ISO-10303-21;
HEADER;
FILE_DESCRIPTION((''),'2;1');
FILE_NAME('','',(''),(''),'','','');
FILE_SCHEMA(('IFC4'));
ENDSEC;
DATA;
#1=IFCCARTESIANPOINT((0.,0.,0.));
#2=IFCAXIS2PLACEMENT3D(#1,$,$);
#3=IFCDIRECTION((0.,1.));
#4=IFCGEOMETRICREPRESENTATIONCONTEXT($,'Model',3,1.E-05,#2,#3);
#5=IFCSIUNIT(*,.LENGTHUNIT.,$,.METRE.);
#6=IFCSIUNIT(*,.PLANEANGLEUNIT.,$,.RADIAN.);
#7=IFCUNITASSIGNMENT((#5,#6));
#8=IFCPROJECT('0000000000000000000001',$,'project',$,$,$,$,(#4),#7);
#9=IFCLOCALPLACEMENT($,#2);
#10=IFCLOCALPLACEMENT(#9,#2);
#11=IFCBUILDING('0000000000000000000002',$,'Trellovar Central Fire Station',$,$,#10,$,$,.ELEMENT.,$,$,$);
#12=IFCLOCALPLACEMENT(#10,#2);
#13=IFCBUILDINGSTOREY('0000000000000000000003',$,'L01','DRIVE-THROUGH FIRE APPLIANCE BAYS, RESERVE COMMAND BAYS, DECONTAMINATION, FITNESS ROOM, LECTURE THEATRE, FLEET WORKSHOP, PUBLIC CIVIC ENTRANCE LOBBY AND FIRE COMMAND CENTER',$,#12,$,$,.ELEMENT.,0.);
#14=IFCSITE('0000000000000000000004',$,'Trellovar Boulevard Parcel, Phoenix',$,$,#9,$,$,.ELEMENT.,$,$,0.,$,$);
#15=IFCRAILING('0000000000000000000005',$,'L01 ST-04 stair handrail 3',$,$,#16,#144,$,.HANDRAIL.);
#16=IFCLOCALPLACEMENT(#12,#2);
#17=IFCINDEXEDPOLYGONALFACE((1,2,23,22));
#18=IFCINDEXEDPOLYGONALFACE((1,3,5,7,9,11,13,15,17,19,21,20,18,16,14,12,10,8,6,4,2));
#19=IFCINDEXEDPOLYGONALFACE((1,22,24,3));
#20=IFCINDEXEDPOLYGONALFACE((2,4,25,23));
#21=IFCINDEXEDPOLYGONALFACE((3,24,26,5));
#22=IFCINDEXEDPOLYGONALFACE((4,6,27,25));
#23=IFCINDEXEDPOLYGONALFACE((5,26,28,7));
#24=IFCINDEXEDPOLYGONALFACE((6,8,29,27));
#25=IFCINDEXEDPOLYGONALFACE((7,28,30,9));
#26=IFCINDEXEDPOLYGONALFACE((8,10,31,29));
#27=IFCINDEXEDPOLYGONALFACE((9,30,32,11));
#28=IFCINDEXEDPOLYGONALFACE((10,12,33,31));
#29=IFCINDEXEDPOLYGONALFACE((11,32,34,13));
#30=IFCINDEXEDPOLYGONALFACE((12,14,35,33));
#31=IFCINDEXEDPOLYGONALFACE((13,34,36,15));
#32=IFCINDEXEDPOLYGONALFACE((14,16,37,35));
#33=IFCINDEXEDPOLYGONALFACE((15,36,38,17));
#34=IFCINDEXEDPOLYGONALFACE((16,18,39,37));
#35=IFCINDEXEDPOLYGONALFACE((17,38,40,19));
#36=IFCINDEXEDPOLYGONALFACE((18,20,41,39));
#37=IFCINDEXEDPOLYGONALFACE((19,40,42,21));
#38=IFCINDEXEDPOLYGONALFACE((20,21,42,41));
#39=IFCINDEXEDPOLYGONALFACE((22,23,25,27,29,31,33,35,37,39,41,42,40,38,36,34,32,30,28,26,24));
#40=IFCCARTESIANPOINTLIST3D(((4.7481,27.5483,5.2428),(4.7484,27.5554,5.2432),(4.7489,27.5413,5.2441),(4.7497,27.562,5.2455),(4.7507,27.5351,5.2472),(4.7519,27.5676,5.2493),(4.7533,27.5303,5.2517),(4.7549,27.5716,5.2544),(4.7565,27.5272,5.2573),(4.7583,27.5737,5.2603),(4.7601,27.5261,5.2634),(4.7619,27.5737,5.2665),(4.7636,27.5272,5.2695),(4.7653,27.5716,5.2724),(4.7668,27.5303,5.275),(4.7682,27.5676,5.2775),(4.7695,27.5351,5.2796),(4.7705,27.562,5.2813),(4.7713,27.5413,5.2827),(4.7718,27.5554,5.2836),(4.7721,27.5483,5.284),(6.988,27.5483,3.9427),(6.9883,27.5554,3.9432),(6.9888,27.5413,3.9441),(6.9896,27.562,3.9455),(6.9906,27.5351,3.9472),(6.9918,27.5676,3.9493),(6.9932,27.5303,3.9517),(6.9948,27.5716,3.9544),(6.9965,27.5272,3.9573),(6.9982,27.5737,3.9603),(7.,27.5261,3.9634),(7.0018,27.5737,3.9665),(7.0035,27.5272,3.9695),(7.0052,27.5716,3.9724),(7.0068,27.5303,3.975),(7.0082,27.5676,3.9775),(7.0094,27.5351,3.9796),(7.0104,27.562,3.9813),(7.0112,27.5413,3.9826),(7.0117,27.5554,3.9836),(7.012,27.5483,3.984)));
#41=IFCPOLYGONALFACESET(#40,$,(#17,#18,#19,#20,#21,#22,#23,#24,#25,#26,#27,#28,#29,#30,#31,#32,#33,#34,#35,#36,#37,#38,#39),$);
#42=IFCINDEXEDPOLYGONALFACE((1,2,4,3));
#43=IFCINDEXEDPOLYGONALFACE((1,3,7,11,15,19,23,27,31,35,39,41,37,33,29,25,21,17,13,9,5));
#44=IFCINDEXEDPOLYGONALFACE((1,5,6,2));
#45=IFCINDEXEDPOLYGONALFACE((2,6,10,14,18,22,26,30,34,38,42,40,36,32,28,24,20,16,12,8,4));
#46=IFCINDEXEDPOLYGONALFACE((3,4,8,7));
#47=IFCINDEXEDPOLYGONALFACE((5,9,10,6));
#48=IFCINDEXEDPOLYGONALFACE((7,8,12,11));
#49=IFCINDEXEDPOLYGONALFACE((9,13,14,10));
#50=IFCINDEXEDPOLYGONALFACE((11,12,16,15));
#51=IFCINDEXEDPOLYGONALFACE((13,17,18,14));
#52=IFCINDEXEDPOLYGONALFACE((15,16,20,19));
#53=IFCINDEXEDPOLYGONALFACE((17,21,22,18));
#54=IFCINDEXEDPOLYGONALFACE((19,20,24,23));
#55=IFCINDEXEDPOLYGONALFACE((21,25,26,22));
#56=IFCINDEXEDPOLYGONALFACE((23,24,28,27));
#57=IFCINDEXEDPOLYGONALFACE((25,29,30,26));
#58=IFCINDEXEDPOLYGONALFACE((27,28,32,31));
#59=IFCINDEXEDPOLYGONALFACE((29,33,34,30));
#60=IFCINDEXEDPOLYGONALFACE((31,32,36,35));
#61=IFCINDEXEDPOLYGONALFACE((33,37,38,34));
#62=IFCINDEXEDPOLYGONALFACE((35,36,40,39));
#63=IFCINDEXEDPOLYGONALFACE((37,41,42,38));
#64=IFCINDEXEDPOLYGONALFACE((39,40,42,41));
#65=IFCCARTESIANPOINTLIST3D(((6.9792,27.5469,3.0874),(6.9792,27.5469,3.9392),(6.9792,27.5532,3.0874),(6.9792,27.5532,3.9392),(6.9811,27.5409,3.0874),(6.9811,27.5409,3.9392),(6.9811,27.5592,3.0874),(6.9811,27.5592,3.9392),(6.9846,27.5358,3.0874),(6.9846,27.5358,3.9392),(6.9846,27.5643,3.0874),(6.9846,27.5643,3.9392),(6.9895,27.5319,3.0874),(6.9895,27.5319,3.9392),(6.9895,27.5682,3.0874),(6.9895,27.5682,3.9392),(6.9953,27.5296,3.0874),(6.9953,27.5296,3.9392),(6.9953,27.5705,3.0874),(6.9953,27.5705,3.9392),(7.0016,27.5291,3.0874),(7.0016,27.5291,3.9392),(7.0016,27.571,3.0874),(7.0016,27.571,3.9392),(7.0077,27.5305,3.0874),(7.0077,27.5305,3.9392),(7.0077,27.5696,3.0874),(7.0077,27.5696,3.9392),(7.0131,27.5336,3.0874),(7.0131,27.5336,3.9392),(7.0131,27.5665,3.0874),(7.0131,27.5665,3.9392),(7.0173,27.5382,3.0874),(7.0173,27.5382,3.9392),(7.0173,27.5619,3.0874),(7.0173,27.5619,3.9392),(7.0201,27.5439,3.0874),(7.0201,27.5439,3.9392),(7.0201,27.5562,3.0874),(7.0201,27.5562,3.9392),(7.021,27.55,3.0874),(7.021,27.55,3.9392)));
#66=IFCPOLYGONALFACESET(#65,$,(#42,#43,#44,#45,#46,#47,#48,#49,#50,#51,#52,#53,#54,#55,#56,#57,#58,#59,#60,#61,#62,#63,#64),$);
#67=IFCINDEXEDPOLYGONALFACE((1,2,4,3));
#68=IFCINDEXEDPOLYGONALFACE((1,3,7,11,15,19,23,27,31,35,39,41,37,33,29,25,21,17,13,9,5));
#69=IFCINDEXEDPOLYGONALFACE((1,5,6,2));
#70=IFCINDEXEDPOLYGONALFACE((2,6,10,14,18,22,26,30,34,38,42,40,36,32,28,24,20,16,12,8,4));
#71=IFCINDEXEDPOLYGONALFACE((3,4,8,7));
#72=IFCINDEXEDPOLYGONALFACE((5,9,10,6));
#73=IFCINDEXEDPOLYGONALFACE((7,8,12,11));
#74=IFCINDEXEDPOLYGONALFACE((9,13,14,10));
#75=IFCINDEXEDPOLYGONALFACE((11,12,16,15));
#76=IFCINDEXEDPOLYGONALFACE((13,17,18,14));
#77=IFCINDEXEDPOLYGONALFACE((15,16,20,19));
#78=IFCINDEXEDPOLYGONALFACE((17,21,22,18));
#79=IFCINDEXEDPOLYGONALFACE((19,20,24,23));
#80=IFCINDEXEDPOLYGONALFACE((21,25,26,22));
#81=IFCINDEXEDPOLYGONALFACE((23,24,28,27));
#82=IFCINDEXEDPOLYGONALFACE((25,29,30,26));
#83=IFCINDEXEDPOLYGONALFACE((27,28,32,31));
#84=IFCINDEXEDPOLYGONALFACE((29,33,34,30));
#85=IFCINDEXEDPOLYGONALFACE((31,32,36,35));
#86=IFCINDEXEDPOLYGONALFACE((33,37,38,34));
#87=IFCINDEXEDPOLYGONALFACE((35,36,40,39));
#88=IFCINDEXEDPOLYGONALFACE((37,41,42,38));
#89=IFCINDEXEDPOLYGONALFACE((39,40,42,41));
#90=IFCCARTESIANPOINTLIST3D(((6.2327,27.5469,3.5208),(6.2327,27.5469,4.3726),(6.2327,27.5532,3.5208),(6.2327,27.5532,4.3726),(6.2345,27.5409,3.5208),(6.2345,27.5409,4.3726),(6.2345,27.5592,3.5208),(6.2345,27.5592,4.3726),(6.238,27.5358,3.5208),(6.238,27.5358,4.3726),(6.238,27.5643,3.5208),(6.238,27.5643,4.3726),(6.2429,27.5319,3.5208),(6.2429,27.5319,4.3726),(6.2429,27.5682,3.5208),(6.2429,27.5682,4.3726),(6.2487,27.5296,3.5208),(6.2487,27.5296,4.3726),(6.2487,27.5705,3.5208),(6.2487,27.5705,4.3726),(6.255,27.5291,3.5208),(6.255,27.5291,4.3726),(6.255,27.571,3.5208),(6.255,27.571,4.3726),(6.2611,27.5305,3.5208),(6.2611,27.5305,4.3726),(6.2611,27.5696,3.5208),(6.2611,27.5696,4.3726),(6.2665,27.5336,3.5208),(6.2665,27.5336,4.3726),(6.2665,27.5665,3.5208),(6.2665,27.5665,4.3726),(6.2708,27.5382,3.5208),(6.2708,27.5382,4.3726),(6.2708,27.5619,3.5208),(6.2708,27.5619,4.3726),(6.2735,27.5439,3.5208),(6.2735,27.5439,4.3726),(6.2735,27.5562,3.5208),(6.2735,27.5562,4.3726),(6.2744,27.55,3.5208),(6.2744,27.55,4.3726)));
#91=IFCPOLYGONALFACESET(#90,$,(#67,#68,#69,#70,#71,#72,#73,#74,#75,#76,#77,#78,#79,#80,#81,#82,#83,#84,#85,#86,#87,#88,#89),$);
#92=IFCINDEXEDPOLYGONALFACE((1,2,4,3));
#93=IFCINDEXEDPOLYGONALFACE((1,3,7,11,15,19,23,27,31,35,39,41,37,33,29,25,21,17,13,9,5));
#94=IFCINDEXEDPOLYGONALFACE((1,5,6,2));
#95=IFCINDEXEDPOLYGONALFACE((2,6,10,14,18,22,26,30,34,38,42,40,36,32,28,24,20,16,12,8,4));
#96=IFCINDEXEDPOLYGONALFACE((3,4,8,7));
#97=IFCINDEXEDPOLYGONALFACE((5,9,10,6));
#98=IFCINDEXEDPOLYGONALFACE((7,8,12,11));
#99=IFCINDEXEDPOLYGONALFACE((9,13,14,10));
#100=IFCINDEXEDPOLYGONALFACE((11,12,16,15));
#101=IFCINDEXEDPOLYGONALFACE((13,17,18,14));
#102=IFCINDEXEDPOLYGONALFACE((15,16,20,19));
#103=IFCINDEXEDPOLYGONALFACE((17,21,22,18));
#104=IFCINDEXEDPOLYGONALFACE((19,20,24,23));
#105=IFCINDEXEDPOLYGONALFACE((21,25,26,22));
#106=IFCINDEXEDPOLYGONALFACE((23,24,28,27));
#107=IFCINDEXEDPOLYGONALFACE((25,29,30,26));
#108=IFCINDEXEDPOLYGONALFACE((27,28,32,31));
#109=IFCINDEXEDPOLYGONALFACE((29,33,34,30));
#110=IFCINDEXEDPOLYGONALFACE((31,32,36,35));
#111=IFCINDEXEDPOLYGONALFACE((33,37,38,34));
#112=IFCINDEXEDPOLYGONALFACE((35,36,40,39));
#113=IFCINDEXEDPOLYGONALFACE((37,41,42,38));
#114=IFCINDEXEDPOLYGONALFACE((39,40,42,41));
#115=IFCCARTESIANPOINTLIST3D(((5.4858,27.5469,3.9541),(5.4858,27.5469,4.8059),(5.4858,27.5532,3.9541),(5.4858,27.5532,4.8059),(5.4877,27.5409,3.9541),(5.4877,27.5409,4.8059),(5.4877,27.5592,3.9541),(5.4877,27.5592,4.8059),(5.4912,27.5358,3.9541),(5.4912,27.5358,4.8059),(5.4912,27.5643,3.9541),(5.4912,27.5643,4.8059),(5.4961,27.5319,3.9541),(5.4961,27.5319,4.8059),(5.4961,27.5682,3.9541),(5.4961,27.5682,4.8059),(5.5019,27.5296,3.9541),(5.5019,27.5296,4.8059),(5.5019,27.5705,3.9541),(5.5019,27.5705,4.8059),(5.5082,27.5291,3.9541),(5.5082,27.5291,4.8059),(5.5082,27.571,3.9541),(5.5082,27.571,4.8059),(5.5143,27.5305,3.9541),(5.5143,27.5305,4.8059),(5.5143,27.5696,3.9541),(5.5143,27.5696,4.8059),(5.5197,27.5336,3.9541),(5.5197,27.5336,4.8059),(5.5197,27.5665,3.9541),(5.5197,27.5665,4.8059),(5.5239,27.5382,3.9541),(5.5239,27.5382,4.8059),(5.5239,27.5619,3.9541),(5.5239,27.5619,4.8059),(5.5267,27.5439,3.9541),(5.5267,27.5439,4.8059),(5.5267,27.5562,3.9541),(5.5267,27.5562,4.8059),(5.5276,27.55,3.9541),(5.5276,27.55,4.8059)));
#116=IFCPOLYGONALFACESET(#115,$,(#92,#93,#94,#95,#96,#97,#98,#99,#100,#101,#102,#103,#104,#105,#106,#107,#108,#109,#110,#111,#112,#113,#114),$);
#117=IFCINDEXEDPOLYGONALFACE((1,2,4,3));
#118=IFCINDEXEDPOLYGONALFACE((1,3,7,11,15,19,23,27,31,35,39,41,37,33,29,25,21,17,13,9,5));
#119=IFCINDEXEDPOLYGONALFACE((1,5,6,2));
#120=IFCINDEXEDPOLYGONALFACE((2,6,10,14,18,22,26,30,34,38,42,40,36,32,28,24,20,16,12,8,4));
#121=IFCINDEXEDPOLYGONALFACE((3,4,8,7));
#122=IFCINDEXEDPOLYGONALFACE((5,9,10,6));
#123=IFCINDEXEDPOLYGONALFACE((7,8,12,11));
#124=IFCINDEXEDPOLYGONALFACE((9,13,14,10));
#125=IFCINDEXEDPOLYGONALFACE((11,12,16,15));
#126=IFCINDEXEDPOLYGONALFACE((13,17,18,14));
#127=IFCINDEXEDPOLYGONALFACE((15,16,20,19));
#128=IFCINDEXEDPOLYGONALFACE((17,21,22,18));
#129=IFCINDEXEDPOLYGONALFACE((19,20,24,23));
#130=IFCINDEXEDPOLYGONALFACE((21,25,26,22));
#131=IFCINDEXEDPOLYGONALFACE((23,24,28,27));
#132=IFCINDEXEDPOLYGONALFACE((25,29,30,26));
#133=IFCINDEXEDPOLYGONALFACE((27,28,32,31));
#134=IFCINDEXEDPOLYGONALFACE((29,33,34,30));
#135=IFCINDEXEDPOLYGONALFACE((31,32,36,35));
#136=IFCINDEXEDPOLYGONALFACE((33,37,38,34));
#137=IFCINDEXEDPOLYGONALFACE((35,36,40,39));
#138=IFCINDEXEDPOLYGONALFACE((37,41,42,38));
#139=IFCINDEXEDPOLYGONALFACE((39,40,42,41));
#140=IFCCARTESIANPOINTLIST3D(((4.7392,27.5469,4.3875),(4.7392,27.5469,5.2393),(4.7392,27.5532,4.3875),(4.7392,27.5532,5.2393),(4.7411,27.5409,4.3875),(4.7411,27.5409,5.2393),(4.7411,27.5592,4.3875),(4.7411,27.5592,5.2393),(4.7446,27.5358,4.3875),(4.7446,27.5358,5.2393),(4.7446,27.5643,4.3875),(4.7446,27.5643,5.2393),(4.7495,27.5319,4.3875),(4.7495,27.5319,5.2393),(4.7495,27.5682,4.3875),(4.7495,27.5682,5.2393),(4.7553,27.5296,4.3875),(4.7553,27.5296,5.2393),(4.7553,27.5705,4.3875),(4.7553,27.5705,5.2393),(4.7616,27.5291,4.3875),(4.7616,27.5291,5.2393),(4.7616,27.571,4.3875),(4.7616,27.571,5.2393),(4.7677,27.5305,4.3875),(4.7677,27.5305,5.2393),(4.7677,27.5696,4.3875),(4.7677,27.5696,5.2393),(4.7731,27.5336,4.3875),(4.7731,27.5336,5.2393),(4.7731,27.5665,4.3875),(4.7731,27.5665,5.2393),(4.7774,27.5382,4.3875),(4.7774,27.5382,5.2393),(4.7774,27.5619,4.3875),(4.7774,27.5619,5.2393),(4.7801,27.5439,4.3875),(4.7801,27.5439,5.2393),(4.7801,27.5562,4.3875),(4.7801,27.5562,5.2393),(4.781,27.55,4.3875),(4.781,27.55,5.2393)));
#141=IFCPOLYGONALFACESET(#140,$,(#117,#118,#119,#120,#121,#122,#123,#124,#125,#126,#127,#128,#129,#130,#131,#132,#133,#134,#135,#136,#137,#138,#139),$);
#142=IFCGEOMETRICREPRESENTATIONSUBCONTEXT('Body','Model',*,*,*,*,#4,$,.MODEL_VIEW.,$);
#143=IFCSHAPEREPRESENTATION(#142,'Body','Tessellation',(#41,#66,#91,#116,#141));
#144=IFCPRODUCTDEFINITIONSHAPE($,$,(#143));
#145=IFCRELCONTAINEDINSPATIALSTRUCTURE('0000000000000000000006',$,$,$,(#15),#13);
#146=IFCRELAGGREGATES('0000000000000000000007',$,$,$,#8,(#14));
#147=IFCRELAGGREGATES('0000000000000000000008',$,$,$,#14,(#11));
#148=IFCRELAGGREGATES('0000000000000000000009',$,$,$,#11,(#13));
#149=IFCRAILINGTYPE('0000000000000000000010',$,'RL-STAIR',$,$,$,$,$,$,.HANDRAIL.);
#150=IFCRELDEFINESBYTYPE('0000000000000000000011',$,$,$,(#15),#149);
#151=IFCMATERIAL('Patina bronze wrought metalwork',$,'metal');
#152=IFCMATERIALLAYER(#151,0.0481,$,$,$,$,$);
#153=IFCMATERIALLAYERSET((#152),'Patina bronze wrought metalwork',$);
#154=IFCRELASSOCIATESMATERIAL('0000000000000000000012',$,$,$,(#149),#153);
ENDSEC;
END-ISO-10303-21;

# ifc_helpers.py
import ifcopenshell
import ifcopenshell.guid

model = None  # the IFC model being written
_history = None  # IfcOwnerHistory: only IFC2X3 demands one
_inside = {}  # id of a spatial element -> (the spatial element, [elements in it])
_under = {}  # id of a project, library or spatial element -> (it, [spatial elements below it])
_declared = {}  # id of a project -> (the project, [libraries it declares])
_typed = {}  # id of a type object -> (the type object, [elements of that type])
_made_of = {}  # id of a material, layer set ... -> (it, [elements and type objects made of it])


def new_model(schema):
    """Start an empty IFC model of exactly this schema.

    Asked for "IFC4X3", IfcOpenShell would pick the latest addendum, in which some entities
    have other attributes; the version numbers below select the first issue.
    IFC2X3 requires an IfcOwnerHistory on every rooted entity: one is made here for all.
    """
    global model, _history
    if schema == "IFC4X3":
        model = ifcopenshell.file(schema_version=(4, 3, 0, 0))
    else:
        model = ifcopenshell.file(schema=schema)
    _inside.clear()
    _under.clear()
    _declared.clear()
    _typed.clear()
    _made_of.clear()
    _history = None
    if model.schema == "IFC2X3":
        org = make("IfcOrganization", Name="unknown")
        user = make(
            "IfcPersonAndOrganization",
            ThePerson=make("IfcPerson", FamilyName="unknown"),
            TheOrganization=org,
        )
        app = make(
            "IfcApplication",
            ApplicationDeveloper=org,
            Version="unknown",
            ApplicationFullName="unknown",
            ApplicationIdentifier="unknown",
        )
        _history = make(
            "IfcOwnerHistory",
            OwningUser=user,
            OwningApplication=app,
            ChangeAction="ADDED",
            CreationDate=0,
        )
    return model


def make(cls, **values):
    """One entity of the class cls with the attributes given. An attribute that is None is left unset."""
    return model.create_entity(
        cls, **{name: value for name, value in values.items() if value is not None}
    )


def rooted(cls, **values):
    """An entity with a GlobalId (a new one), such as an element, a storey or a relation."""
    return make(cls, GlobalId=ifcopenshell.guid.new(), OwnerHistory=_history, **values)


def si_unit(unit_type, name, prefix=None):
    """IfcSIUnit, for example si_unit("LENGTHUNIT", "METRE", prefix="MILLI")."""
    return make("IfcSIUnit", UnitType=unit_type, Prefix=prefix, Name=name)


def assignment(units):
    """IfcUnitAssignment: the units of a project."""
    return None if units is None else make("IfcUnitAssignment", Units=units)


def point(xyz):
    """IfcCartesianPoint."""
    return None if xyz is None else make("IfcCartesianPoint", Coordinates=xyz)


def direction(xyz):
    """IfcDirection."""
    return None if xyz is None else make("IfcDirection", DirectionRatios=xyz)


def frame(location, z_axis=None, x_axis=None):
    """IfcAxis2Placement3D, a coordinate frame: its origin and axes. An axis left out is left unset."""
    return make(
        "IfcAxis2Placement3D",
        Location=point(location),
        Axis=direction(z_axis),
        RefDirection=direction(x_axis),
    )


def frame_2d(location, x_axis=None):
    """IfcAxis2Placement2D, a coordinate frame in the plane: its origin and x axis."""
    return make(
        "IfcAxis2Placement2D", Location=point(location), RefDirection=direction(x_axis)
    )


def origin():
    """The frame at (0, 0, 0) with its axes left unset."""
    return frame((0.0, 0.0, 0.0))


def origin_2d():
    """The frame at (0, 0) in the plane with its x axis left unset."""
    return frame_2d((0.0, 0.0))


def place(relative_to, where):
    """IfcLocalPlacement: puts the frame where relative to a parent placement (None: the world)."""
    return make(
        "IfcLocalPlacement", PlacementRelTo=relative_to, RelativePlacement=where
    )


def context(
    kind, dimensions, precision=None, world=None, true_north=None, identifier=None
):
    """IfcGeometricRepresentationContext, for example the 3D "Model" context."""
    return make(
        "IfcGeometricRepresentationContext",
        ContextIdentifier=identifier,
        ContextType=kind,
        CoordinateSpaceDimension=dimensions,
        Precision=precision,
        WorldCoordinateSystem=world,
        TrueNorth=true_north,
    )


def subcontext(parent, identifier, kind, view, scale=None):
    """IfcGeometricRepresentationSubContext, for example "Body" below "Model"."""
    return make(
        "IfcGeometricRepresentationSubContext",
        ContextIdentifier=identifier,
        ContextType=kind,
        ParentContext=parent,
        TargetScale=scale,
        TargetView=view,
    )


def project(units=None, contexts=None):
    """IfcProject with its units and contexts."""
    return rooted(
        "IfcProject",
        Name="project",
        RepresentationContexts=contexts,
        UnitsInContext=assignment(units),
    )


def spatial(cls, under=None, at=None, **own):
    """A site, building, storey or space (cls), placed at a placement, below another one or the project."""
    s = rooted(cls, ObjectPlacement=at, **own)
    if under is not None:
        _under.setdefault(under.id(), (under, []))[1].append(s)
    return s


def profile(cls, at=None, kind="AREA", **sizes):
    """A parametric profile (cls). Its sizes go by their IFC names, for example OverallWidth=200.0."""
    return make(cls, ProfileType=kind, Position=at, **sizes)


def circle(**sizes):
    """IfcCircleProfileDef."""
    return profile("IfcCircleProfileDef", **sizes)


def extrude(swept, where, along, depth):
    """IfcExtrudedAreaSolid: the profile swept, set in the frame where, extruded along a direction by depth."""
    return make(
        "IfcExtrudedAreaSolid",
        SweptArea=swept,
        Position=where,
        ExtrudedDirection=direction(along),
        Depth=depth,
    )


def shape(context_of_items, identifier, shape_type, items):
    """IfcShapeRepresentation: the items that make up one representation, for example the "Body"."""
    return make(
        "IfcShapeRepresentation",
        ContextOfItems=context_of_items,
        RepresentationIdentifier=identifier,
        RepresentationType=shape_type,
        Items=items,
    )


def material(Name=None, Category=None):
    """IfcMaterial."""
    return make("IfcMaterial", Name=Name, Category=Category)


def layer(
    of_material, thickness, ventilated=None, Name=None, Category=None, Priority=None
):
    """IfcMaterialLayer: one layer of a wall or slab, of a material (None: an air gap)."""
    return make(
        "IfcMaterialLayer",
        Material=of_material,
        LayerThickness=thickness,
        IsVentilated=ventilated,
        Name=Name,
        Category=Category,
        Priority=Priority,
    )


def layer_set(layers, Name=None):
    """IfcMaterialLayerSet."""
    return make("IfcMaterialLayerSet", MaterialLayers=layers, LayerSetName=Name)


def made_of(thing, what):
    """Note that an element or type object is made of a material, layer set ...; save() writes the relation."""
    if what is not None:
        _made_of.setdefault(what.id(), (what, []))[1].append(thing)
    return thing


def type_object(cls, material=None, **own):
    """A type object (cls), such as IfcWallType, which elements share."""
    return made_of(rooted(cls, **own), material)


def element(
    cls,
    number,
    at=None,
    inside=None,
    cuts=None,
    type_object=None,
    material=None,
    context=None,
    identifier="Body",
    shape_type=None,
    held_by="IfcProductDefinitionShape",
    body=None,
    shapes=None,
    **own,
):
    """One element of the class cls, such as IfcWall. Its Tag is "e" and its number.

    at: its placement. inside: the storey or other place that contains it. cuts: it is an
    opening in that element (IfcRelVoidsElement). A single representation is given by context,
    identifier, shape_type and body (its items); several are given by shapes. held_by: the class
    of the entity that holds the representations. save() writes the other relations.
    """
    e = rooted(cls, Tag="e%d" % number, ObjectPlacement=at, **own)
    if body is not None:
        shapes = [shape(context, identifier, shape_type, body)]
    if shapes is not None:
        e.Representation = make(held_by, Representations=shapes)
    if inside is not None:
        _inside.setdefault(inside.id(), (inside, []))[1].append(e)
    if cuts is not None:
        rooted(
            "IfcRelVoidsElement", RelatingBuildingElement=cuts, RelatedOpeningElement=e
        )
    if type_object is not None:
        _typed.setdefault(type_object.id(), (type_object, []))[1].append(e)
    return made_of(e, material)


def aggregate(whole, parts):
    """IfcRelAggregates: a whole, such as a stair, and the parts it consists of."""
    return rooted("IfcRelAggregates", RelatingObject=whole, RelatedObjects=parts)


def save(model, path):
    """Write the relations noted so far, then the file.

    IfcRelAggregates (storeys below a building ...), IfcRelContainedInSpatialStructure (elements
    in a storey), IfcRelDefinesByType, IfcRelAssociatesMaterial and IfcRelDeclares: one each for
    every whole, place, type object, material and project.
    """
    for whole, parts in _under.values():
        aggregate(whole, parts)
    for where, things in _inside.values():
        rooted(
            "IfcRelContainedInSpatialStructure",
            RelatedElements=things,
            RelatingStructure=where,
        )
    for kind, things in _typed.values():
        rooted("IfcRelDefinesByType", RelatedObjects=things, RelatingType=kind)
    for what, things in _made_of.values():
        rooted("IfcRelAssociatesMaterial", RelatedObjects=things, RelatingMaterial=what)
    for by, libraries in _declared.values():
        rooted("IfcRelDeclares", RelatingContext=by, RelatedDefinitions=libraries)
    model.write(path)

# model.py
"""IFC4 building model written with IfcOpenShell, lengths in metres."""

from ifc_helpers import new_model, si_unit, direction, frame, origin, origin_2d, place, context, subcontext, project, spatial, circle, extrude, material, layer, layer_set, type_object, element, save


model = new_model("IFC4")

# Units and contexts
model_context = context("Model", 3, precision=1e-05, world=origin(), true_north=direction((0.0, 1.0)))
body_context = subcontext(model_context, "Body", "Model", "MODEL_VIEW")
ifc_project = project(units=[si_unit("LENGTHUNIT", "METRE"), si_unit("PLANEANGLEUNIT", "RADIAN")], contexts=[model_context])

# Site, building, storey
site_placement = place(None, origin())
site = spatial("IfcSite", under=ifc_project, at=site_placement, Name="Trellovar Boulevard Parcel, Phoenix", CompositionType="ELEMENT", RefElevation=0.0)
building_placement = place(site_placement, origin())
building = spatial("IfcBuilding", under=site, at=building_placement, Name="Trellovar Central Fire Station", CompositionType="ELEMENT")
storey_placement = place(building_placement, origin())
storey = spatial("IfcBuildingStorey", under=building, at=storey_placement, Name="L01", Description="DRIVE-THROUGH FIRE APPLIANCE BAYS, RESERVE COMMAND BAYS, DECONTAMINATION, FITNESS ROOM, LECTURE THEATRE, FLEET WORKSHOP, PUBLIC CIVIC ENTRANCE LOBBY AND FIRE COMMAND CENTER", CompositionType="ELEMENT", Elevation=0.0)

# Railing
ifc_material_1 = material(Name="Patina bronze wrought metalwork", Category="metal")
ifc_layer_1 = layer(ifc_material_1, 0.0481)
ifc_layer_set_1 = layer_set([ifc_layer_1], Name="Patina bronze wrought metalwork")
railing_type_1 = type_object("IfcRailingType", Name="RL-STAIR", PredefinedType="HANDRAIL", material=ifc_layer_set_1)
railing_1_placement = place(storey_placement, frame((7.0, 27.55, 3.0874)))
element("IfcRailing", 1, at=railing_1_placement, inside=storey, type_object=railing_type_1, Name="L01 ST-04 stair handrail 3", PredefinedType="HANDRAIL", context=body_context, shape_type="SweptSolid", body=[
    extrude(circle(Radius=0.0239, at=origin_2d()), frame((0.0, 0.0, 0.876), z_axis=(-0.864888, 0.0, 0.501965), x_axis=(0.0, -1.0, 0.0)), (0.0, 0.0, 1.0), 2.5898),
    extrude(circle(Radius=0.021, at=origin_2d()), origin(), (0.0, 0.0, 1.0), 0.8518),
    extrude(circle(Radius=0.021, at=origin_2d()), frame((-0.7466, 0.0, 0.4333)), (0.0, 0.0, 1.0), 0.8518),
    extrude(circle(Radius=0.021, at=origin_2d()), frame((-1.4934, 0.0, 0.8667)), (0.0, 0.0, 1.0), 0.8518),
    extrude(circle(Radius=0.021, at=origin_2d()), frame((-2.24, 0.0, 1.3)), (0.0, 0.0, 1.0), 0.8518),
])

save(model, "model.ifc")
